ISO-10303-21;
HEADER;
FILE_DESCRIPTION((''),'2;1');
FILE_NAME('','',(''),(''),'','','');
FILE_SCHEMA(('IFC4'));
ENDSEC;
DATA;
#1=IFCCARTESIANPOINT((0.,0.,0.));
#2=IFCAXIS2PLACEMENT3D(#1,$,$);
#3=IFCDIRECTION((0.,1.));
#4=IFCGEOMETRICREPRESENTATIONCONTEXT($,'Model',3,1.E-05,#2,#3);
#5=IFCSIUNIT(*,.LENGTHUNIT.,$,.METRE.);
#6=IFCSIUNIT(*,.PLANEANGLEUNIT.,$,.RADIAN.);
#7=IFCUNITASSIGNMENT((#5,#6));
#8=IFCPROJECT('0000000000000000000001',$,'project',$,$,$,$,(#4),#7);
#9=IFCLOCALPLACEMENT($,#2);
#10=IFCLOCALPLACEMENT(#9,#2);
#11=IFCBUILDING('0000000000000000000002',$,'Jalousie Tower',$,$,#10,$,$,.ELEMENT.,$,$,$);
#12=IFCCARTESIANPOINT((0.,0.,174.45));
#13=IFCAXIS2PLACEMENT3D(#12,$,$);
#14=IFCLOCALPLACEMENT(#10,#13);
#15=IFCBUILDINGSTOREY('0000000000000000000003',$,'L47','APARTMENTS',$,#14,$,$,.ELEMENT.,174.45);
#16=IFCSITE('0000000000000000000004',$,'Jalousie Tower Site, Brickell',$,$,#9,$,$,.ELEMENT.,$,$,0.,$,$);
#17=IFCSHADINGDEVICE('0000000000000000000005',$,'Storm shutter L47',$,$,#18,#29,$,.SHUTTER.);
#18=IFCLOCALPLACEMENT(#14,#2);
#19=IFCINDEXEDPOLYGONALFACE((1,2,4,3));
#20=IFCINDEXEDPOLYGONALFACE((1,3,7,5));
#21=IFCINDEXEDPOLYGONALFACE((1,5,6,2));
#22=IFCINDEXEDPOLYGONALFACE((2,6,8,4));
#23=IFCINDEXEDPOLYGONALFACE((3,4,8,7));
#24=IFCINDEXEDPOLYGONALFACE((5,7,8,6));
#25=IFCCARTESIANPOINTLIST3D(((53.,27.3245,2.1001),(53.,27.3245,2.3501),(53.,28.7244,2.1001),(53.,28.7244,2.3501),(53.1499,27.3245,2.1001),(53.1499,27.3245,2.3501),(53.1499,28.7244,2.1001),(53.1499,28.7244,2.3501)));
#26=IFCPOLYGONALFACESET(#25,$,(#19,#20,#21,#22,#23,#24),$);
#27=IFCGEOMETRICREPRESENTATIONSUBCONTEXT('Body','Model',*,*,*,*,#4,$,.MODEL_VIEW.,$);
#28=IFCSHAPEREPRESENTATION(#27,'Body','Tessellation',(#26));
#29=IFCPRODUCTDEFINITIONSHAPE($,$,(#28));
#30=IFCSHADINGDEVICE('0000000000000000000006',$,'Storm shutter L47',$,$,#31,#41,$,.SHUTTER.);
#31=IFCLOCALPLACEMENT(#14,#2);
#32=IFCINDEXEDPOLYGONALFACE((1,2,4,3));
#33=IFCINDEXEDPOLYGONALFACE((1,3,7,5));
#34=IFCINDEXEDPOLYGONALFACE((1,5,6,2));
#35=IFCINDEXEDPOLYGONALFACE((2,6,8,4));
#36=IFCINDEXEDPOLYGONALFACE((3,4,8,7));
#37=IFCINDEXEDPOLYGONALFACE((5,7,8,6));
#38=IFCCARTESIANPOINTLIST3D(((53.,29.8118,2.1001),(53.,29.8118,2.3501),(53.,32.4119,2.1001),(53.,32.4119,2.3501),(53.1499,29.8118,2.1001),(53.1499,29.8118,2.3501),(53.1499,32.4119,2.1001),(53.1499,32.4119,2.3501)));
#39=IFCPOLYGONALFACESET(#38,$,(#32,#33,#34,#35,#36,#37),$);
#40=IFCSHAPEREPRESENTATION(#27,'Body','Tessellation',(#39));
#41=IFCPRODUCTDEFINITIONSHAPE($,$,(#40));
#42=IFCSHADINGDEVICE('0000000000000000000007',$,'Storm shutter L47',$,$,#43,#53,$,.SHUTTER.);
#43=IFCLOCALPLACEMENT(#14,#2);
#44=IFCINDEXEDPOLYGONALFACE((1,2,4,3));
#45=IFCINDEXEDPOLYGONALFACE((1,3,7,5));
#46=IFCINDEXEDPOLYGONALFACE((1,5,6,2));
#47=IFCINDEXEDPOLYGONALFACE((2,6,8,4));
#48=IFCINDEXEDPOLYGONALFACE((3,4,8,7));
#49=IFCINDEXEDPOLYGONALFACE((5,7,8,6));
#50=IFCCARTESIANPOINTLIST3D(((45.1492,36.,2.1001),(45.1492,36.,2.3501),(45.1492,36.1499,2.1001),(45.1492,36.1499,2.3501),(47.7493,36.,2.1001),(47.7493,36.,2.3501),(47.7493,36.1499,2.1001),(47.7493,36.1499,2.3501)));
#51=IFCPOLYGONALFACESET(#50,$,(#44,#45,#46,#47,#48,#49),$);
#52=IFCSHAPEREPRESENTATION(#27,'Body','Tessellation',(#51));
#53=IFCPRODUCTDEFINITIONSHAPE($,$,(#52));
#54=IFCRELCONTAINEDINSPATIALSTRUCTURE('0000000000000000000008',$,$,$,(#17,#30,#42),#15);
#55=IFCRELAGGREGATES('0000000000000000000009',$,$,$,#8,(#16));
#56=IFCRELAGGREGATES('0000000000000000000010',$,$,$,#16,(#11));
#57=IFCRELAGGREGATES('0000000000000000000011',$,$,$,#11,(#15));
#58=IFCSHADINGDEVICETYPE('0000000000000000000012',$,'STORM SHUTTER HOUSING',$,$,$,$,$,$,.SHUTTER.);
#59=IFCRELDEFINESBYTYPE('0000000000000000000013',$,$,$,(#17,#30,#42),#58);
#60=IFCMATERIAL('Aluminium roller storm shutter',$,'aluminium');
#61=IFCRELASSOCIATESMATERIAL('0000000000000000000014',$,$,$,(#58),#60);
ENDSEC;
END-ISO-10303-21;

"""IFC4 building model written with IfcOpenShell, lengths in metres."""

from ifc_helpers import new_model, si_unit, direction, frame, origin, origin_2d, place, context, subcontext, project, spatial, rectangle, extrude, material, type_object, element, save


model = new_model("IFC4")

# Units and contexts
model_context = context("Model", 3, precision=1e-05, world=origin(), true_north=direction((0.0, 1.0)))
body_context = subcontext(model_context, "Body", "Model", "MODEL_VIEW")
ifc_project = project(units=[si_unit("LENGTHUNIT", "METRE"), si_unit("PLANEANGLEUNIT", "RADIAN")], contexts=[model_context])

# Site, building, storey
site_placement = place(None, origin())
site = spatial("IfcSite", under=ifc_project, at=site_placement, Name="Jalousie Tower Site, Brickell", CompositionType="ELEMENT", RefElevation=0.0)
building_placement = place(site_placement, origin())
building = spatial("IfcBuilding", under=site, at=building_placement, Name="Jalousie Tower", CompositionType="ELEMENT")
storey_placement = place(building_placement, frame((0.0, 0.0, 174.45)))
storey = spatial("IfcBuildingStorey", under=building, at=storey_placement, Name="L47", Description="APARTMENTS", CompositionType="ELEMENT", Elevation=174.45)

# Shading devices
ifc_material_1 = material(Name="Aluminium roller storm shutter", Category="aluminium")
shading_device_type = type_object("IfcShadingDeviceType", Name="STORM SHUTTER HOUSING", PredefinedType="SHUTTER", material=ifc_material_1)
shading_device_placement = place(storey_placement, frame((53.075, 28.0244, 2.1001), z_axis=(0.0, 0.0, 1.0), x_axis=(0.0, 1.0, 0.0)))
element("IfcShadingDevice", 1, at=shading_device_placement, inside=storey, type_object=shading_device_type, Name="Storm shutter L47", PredefinedType="SHUTTER", context=body_context, shape_type="SweptSolid", body=[
    extrude(rectangle(XDim=1.3999, YDim=0.1499, at=origin_2d()), origin(), (0.0, 0.0, 1.0), 0.25),
])
for number, where, z_axis, x_axis, name in (
    (2, (53.075, 31.1118, 2.1001), (0.0, 0.0, 1.0), (0.0, 1.0, 0.0), "Storm shutter L47"),
    (3, (46.4492, 36.075, 2.1001), (0.0, 0.0, 1.0), (-1.0, 0.0, 0.0), "Storm shutter L47"),
):
    element("IfcShadingDevice", number, at=place(storey_placement, frame(where, z_axis=z_axis, x_axis=x_axis)), inside=storey, type_object=shading_device_type, Name=name, PredefinedType="SHUTTER", context=body_context, shape_type="SweptSolid", body=[
        extrude(rectangle(XDim=2.6001, YDim=0.1499, at=origin_2d()), origin(), (0.0, 0.0, 1.0), 0.25),
    ])

save(model, "model.ifc")
